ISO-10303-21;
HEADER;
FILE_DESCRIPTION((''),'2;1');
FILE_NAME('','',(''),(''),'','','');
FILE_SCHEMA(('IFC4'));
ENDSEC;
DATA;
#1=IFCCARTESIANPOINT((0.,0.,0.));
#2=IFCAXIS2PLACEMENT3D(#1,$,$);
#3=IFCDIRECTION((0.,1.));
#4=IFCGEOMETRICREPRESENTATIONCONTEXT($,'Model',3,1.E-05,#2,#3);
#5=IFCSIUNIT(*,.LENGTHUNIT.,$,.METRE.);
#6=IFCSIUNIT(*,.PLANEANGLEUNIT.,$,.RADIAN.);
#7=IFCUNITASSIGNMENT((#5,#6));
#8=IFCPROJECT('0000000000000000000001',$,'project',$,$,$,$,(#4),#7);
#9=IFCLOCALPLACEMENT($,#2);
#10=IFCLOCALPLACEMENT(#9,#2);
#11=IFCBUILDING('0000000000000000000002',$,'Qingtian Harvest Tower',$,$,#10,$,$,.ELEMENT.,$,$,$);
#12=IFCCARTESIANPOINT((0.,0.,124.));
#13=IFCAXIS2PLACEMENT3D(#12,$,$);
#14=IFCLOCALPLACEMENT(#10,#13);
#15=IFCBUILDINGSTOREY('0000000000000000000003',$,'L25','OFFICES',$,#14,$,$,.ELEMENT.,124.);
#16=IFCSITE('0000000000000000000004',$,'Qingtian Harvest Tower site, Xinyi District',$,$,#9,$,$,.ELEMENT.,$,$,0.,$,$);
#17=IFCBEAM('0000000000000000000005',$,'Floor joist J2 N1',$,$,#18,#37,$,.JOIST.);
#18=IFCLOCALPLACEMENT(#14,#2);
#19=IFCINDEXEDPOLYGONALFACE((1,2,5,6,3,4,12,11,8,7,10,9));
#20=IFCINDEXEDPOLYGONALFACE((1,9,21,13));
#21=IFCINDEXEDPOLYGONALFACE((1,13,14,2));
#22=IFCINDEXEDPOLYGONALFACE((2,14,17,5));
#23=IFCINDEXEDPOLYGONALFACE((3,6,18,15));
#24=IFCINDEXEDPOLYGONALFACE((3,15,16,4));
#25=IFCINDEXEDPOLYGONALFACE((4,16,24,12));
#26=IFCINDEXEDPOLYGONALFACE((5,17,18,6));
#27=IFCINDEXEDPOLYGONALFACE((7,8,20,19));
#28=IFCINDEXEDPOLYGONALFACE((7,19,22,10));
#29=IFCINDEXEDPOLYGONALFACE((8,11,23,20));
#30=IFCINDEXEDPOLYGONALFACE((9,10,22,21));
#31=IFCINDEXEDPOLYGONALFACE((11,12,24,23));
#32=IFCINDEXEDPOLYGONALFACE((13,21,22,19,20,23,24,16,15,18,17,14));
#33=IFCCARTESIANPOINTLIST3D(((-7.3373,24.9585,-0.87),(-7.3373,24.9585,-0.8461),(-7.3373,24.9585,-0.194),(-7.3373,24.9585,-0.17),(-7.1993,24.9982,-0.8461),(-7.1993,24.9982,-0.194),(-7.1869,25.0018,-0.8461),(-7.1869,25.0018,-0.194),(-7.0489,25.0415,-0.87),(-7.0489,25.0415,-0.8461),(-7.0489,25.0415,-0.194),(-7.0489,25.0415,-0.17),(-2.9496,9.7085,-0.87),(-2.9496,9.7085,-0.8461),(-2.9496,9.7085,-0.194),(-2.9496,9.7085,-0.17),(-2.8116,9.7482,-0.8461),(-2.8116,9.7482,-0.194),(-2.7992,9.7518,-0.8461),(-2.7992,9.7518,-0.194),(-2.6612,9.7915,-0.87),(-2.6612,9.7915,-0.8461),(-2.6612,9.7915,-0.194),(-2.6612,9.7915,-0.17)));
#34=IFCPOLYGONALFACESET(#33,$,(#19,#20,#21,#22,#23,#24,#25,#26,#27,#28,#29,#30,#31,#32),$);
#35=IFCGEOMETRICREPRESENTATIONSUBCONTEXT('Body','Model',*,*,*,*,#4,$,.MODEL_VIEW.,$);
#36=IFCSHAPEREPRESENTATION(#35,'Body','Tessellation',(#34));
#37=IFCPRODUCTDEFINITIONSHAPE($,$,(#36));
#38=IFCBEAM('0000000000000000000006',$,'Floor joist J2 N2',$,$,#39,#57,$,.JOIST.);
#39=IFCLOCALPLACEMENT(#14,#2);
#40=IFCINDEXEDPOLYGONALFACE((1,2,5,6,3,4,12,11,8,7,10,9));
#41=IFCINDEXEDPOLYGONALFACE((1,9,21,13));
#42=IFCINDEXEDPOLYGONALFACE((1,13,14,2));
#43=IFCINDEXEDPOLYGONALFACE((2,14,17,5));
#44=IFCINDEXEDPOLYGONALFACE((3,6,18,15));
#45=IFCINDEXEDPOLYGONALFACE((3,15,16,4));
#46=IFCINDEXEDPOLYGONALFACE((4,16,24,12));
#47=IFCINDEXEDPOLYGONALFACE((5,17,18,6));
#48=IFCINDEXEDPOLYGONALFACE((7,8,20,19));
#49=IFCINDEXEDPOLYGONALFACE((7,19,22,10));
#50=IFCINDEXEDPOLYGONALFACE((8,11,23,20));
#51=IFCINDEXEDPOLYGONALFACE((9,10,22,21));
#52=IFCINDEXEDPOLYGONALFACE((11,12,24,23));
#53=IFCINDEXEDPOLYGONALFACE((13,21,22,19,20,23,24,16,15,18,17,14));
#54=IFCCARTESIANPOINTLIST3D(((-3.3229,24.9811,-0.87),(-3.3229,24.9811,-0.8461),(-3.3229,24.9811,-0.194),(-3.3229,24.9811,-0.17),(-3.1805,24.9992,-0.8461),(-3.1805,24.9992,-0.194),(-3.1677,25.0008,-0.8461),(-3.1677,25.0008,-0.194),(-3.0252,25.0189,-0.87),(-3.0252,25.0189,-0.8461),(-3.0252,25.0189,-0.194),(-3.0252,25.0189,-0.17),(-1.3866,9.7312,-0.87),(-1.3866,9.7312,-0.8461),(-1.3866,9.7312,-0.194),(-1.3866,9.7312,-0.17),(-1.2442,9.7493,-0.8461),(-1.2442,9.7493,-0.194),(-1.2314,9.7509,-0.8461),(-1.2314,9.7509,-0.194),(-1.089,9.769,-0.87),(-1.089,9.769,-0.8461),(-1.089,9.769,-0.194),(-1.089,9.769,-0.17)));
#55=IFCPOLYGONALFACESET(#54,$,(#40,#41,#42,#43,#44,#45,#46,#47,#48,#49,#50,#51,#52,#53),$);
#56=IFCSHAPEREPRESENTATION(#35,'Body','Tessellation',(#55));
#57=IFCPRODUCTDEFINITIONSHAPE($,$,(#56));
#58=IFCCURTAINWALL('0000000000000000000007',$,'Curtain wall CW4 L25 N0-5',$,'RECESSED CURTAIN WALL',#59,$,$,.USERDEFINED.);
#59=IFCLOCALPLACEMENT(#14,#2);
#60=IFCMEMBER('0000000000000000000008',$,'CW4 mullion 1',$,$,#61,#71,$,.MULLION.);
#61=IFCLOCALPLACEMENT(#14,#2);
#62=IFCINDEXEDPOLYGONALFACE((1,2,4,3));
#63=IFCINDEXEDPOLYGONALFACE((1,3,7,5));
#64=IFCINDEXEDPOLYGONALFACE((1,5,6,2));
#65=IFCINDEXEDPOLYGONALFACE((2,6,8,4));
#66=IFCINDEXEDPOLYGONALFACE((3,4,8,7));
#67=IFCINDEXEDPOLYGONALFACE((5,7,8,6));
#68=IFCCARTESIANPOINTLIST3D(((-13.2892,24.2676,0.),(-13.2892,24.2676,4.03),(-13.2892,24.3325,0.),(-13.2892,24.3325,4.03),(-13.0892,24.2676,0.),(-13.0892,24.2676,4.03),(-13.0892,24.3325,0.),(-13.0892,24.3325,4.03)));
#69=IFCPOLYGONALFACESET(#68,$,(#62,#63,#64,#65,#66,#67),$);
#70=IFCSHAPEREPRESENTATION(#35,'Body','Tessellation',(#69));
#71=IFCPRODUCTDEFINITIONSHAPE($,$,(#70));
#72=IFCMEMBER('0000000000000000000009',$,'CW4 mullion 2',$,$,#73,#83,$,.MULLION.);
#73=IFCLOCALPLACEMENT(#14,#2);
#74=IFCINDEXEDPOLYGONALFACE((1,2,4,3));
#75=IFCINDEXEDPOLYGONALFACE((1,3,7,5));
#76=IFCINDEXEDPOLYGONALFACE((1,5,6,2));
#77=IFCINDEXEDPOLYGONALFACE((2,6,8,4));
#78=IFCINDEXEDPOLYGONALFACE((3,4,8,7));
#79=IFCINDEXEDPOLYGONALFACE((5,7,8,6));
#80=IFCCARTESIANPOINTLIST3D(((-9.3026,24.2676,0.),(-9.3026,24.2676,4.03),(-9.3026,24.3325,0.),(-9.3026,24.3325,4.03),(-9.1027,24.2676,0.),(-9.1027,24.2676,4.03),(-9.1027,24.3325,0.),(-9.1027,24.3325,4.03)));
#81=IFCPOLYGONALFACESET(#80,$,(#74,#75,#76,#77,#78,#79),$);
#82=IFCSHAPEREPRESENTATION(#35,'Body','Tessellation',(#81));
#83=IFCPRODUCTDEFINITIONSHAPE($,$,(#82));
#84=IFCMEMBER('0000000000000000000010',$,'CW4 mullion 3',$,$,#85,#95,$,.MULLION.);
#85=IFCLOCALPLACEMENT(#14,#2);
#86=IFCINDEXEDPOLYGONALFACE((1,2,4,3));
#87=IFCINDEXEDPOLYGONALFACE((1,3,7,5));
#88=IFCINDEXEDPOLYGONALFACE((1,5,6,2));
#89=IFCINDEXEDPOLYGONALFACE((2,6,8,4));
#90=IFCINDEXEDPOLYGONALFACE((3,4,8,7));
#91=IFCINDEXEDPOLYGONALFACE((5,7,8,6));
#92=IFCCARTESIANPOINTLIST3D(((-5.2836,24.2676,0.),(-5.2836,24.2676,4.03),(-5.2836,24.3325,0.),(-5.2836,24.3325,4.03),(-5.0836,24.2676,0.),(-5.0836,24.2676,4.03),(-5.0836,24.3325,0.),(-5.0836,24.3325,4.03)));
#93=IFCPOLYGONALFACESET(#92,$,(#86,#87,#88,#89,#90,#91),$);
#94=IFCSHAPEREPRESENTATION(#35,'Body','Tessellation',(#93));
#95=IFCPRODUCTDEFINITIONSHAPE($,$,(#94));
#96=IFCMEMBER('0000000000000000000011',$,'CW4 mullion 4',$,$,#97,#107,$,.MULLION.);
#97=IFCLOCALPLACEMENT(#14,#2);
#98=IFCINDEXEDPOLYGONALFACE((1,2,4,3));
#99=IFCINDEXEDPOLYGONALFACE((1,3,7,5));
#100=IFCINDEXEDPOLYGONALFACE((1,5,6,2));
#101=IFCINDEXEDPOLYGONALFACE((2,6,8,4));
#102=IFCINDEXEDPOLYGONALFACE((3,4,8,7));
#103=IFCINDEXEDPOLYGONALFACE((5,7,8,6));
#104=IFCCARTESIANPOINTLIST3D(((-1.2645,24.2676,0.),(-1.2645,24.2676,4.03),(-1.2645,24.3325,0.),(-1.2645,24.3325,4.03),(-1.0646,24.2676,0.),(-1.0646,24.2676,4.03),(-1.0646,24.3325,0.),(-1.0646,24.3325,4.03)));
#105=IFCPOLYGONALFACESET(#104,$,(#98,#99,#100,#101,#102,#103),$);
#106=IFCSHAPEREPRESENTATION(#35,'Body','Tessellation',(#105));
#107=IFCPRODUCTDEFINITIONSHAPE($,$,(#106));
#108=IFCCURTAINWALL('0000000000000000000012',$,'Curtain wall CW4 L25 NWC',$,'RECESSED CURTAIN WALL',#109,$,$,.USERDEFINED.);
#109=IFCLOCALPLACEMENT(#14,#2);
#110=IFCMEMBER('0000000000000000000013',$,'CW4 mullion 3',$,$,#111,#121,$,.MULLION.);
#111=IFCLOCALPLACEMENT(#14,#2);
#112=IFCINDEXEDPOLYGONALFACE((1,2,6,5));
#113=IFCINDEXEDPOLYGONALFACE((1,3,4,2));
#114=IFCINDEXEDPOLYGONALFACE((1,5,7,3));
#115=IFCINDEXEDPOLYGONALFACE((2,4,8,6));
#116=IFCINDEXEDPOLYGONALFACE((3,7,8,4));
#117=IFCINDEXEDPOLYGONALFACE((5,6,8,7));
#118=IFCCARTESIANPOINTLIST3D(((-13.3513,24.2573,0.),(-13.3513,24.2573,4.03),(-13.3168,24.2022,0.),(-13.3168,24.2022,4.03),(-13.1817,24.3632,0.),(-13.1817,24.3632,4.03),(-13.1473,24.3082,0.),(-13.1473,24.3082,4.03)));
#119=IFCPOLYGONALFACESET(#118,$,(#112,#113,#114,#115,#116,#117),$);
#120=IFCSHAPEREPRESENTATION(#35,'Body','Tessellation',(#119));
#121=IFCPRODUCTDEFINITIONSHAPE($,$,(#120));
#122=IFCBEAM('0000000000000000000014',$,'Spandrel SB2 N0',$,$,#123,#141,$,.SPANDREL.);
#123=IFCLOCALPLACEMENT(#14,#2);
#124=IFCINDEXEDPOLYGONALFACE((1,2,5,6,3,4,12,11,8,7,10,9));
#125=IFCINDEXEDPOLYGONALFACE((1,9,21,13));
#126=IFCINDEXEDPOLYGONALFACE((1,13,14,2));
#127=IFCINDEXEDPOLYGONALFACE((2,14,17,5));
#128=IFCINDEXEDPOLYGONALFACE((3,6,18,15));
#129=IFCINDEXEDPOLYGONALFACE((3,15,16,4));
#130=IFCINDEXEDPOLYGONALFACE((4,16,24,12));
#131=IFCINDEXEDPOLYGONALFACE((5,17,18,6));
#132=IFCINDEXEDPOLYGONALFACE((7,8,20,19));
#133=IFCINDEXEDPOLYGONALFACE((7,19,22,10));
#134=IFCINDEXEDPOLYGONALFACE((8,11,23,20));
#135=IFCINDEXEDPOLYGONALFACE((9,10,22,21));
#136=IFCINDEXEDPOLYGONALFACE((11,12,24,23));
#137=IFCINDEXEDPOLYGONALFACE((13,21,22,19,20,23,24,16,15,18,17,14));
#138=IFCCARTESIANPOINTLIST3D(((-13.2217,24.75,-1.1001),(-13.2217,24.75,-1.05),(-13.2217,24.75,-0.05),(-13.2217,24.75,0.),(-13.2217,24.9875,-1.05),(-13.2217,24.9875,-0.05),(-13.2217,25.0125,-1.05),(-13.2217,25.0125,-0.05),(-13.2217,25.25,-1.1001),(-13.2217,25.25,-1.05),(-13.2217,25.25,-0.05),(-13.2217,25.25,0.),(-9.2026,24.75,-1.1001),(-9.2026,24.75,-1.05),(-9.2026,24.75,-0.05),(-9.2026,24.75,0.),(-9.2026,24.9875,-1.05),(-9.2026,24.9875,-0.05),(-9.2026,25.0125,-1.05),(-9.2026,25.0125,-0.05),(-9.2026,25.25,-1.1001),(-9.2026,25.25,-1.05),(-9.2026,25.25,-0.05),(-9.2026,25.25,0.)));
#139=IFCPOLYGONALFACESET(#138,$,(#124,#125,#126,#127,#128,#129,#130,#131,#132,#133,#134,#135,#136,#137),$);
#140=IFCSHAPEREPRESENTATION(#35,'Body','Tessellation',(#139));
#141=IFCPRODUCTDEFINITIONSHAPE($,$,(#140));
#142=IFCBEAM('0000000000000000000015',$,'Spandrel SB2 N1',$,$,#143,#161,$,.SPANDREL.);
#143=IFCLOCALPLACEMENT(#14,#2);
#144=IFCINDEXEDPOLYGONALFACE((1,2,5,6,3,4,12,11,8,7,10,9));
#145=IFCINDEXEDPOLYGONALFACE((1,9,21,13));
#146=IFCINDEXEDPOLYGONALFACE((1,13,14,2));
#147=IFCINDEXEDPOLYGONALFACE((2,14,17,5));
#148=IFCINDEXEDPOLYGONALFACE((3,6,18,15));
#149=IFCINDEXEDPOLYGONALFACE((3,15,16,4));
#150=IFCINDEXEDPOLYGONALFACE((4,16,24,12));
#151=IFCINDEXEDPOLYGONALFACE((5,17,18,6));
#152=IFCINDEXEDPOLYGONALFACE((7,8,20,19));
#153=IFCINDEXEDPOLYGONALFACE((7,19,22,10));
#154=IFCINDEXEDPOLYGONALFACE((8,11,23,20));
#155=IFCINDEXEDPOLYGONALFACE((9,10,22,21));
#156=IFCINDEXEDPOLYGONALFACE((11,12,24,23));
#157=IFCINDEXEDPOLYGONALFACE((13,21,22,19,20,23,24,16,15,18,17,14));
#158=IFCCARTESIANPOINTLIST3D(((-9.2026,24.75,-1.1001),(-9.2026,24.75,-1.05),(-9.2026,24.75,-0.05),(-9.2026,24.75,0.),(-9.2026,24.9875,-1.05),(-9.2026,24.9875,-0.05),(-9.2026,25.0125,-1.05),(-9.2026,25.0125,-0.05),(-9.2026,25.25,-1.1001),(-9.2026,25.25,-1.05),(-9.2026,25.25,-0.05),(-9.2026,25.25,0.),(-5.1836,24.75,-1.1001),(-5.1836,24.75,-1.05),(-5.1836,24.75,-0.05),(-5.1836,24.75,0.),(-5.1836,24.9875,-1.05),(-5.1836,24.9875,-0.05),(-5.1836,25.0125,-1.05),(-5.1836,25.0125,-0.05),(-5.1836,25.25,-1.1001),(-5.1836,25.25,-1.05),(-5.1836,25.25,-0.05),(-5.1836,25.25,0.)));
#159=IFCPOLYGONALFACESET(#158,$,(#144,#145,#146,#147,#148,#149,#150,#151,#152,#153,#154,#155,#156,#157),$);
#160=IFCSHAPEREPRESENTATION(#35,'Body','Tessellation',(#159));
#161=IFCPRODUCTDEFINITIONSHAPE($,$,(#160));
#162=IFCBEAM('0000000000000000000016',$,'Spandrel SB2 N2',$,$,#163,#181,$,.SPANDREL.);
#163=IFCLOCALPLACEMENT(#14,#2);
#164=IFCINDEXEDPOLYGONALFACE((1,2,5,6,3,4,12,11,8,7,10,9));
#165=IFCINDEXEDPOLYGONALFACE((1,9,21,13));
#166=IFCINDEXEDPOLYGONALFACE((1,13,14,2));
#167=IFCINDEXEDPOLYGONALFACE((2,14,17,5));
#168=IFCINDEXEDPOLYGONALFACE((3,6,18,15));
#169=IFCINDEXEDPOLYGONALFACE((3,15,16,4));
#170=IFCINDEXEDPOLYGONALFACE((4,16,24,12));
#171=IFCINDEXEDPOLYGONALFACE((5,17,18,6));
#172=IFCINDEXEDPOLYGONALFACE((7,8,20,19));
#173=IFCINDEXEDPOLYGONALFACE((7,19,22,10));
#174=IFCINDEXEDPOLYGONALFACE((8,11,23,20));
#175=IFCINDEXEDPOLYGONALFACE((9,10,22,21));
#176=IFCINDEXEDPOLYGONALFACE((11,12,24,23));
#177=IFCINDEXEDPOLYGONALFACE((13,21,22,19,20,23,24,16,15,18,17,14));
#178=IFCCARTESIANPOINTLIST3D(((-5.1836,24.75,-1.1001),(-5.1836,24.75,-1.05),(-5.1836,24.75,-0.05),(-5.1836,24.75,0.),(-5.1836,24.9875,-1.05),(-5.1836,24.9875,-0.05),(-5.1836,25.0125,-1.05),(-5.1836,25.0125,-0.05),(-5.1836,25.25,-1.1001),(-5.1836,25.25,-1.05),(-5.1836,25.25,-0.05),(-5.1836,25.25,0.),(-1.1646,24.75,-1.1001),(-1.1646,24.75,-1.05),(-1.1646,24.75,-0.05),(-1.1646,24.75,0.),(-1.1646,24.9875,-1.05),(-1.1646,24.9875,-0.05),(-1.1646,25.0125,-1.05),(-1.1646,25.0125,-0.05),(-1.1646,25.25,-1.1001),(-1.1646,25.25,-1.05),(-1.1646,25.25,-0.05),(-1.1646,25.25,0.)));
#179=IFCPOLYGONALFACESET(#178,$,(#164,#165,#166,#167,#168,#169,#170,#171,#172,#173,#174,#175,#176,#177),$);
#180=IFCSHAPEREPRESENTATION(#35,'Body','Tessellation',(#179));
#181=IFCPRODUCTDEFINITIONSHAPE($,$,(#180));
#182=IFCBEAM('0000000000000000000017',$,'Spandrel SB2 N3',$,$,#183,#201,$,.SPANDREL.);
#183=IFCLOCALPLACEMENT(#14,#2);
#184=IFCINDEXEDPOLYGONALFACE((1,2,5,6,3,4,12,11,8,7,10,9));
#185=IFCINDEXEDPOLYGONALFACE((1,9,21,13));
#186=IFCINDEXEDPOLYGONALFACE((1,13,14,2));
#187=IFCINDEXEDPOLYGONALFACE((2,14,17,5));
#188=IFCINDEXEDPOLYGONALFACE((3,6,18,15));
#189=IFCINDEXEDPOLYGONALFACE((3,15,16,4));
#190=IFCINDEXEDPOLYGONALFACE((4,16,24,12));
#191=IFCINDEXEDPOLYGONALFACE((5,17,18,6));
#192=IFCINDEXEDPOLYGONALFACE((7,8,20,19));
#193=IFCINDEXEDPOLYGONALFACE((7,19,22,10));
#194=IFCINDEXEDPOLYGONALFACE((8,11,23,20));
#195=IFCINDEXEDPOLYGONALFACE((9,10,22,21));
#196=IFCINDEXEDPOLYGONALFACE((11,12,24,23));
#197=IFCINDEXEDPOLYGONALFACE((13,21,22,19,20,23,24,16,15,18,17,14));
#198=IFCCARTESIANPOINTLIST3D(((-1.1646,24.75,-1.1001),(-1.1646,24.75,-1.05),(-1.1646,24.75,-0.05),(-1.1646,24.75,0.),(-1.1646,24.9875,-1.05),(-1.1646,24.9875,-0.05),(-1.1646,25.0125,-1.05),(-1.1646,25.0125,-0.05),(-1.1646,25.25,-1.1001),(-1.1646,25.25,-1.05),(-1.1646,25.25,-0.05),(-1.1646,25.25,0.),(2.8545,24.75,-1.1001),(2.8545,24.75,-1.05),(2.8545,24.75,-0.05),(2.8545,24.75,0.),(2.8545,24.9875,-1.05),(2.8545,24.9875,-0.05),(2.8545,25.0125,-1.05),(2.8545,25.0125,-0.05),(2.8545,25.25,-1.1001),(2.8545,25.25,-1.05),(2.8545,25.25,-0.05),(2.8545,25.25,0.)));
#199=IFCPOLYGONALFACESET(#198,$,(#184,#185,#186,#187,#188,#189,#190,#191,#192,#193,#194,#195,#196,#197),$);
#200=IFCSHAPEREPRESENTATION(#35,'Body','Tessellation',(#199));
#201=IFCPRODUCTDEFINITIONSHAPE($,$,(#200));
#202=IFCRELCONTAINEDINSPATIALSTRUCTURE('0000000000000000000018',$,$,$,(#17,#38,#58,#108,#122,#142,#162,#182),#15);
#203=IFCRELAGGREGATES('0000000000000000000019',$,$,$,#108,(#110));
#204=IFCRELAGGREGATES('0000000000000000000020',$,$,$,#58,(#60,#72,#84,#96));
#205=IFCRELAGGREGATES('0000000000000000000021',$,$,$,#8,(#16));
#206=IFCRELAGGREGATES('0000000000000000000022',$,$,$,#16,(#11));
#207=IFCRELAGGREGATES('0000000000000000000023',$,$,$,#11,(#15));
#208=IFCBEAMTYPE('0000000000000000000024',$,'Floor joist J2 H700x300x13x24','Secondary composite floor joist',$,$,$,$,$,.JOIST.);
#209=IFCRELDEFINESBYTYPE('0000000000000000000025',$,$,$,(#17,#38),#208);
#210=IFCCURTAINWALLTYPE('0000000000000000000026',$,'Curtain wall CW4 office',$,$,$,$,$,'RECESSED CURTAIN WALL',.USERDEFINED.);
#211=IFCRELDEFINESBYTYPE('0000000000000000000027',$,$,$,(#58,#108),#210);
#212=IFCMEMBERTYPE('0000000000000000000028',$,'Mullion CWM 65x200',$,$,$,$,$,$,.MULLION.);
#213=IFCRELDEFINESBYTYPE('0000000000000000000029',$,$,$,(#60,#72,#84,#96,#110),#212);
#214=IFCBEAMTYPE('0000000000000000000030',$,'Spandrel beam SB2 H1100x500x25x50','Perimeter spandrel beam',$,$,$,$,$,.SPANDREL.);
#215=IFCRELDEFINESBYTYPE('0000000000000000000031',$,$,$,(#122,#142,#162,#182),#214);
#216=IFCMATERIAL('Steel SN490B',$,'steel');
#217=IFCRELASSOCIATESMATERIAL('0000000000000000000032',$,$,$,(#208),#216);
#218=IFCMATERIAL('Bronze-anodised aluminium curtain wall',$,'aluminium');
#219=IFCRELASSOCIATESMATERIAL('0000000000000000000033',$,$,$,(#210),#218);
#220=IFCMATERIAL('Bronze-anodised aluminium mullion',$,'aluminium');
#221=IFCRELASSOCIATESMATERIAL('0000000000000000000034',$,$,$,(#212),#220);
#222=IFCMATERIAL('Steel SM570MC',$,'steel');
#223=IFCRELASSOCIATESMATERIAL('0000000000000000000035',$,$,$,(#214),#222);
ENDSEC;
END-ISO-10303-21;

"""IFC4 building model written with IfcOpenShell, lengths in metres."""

from ifc_helpers import new_model, si_unit, direction, frame, origin, origin_2d, place, context, subcontext, project, spatial, rectangle, i_section, extrude, material, material_profile, profile_set, type_object, element, aggregate, save


model = new_model("IFC4")

# Units and contexts
model_context = context("Model", 3, precision=1e-05, world=origin(), true_north=direction((0.0, 1.0)))
body_context = subcontext(model_context, "Body", "Model", "MODEL_VIEW")
ifc_project = project(units=[si_unit("LENGTHUNIT", "METRE"), si_unit("PLANEANGLEUNIT", "RADIAN")], contexts=[model_context])

# Site, building, storey
site_placement = place(None, origin())
site = spatial("IfcSite", under=ifc_project, at=site_placement, Name="Qingtian Harvest Tower site, Xinyi District", CompositionType="ELEMENT", RefElevation=0.0)
building_placement = place(site_placement, origin())
building = spatial("IfcBuilding", under=site, at=building_placement, Name="Qingtian Harvest Tower", CompositionType="ELEMENT")
storey_placement = place(building_placement, frame((0.0, 0.0, 124.0)))
storey = spatial("IfcBuildingStorey", under=building, at=storey_placement, Name="L25", Description="OFFICES", CompositionType="ELEMENT", Elevation=124.0)

# Beams
ifc_material_1 = material(Name="Steel SN490B", Category="steel")
ifc_material_profile_1 = material_profile(ifc_material_1, i_section(OverallWidth=0.3, OverallDepth=0.7, WebThickness=0.0129, FlangeThickness=0.0239, at=origin_2d()), Name="H700x300x13x24")
ifc_profile_set_1 = profile_set([ifc_material_profile_1], Name="Steel SN490B")
beam_type_1 = type_object("IfcBeamType", Name="Floor joist J2 H700x300x13x24", Description="Secondary composite floor joist", PredefinedType="JOIST", material=ifc_profile_set_1)
beam_1_placement = place(storey_placement, frame((-7.1931, 25.0, -0.52), z_axis=(0.276501, -0.961014, 0.0), x_axis=(0.961014, 0.276501, 0.0)))
element("IfcBeam", 1, at=beam_1_placement, inside=storey, type_object=beam_type_1, Name="Floor joist J2 N1", PredefinedType="JOIST", context=body_context, shape_type="SweptSolid", body=[
    extrude(i_section(OverallWidth=0.3, OverallDepth=0.7, WebThickness=0.0129, FlangeThickness=0.0239, at=origin_2d()), origin(), (0.0, 0.0, 1.0), 15.8687),
])
beam_2_placement = place(storey_placement, frame((-3.1741, 25.0, -0.52), z_axis=(0.125958, -0.992036, 0.0), x_axis=(0.992036, 0.125958, 0.0)))
element("IfcBeam", 2, at=beam_2_placement, inside=storey, type_object=beam_type_1, Name="Floor joist J2 N2", PredefinedType="JOIST", context=body_context, shape_type="SweptSolid", body=[
    extrude(i_section(OverallWidth=0.3, OverallDepth=0.7, WebThickness=0.0129, FlangeThickness=0.0239, at=origin_2d()), origin(), (0.0, 0.0, 1.0), 15.3723),
])

# Curtain wall, members
ifc_material_2 = material(Name="Bronze-anodised aluminium curtain wall", Category="aluminium")
curtain_wall_type = type_object("IfcCurtainWallType", Name="Curtain wall CW4 office", ElementType="RECESSED CURTAIN WALL", PredefinedType="USERDEFINED", material=ifc_material_2)
curtain_wall_1_placement = place(storey_placement, origin())
curtain_wall_1 = element("IfcCurtainWall", 3, at=curtain_wall_1_placement, inside=storey, type_object=curtain_wall_type, Name="Curtain wall CW4 L25 N0-5", ObjectType="RECESSED CURTAIN WALL", PredefinedType="USERDEFINED")
ifc_material_3 = material(Name="Bronze-anodised aluminium mullion", Category="aluminium")
ifc_material_profile_2 = material_profile(ifc_material_3, rectangle(XDim=0.0649, YDim=0.2, at=origin_2d()), Name="AL 65x200")
ifc_profile_set_2 = profile_set([ifc_material_profile_2], Name="Bronze-anodised aluminium mullion")
member_type_1 = type_object("IfcMemberType", Name="Mullion CWM 65x200", PredefinedType="MULLION", material=ifc_profile_set_2)
member_1_placement = place(storey_placement, frame((-13.1892, 24.3, 0.0), z_axis=(0.0, 0.0, 1.0), x_axis=(0.0, 1.0, 0.0)))
member_1 = element("IfcMember", 4, at=member_1_placement, type_object=member_type_1, Name="CW4 mullion 1", PredefinedType="MULLION", context=body_context, shape_type="SweptSolid", body=[
    extrude(rectangle(XDim=0.0649, YDim=0.2, at=origin_2d()), origin(), (0.0, 0.0, 1.0), 4.03),
])
member_2_placement = place(storey_placement, frame((-9.2026, 24.3, 0.0), z_axis=(0.0, 0.0, 1.0), x_axis=(0.0, 1.0, 0.0)))
member_2 = element("IfcMember", 5, at=member_2_placement, type_object=member_type_1, Name="CW4 mullion 2", PredefinedType="MULLION", context=body_context, shape_type="SweptSolid", body=[
    extrude(rectangle(XDim=0.0649, YDim=0.2, at=origin_2d()), origin(), (0.0, 0.0, 1.0), 4.03),
])
member_3_placement = place(storey_placement, frame((-5.1836, 24.3, 0.0), z_axis=(0.0, 0.0, 1.0), x_axis=(0.0, 1.0, 0.0)))
member_3 = element("IfcMember", 6, at=member_3_placement, type_object=member_type_1, Name="CW4 mullion 3", PredefinedType="MULLION", context=body_context, shape_type="SweptSolid", body=[
    extrude(rectangle(XDim=0.0649, YDim=0.2, at=origin_2d()), origin(), (0.0, 0.0, 1.0), 4.03),
])
member_4_placement = place(storey_placement, frame((-1.1646, 24.3, 0.0), z_axis=(0.0, 0.0, 1.0), x_axis=(0.0, 1.0, 0.0)))
member_4 = element("IfcMember", 7, at=member_4_placement, type_object=member_type_1, Name="CW4 mullion 4", PredefinedType="MULLION", context=body_context, shape_type="SweptSolid", body=[
    extrude(rectangle(XDim=0.0649, YDim=0.2, at=origin_2d()), origin(), (0.0, 0.0, 1.0), 4.03),
])

# Curtain wall, member
curtain_wall_2_placement = place(storey_placement, origin())
curtain_wall_2 = element("IfcCurtainWall", 8, at=curtain_wall_2_placement, inside=storey, type_object=curtain_wall_type, Name="Curtain wall CW4 L25 NWC", ObjectType="RECESSED CURTAIN WALL", PredefinedType="USERDEFINED")
member_5_placement = place(storey_placement, frame((-13.2493, 24.2827, 0.0), z_axis=(0.0, 0.0, 1.0), x_axis=(-0.529919, 0.848048, 0.0)))
member_5 = element("IfcMember", 9, at=member_5_placement, type_object=member_type_1, Name="CW4 mullion 3", PredefinedType="MULLION", context=body_context, shape_type="SweptSolid", body=[
    extrude(rectangle(XDim=0.0649, YDim=0.2, at=origin_2d()), origin(), (0.0, 0.0, 1.0), 4.03),
])
aggregate(curtain_wall_2, [member_5])

# Beams
ifc_material_4 = material(Name="Steel SM570MC", Category="steel")
ifc_material_profile_3 = material_profile(ifc_material_4, i_section(OverallWidth=0.5, OverallDepth=1.1001, WebThickness=0.0249, FlangeThickness=0.05, at=origin_2d()), Name="H1100x500x25x50")
ifc_profile_set_3 = profile_set([ifc_material_profile_3], Name="Steel SM570MC")
beam_type_2 = type_object("IfcBeamType", Name="Spandrel beam SB2 H1100x500x25x50", Description="Perimeter spandrel beam", PredefinedType="SPANDREL", material=ifc_profile_set_3)
for number, where, z_axis, x_axis, name in (
    (10, (-13.2217, 25.0, -0.55), (1.0, 0.0, 0.0), (0.0, 1.0, 0.0), "Spandrel SB2 N0"),
    (11, (-9.2026, 25.0, -0.55), (1.0, 0.0, 0.0), (0.0, 1.0, 0.0), "Spandrel SB2 N1"),
    (12, (-5.1836, 25.0, -0.55), (1.0, 0.0, 0.0), (0.0, 1.0, 0.0), "Spandrel SB2 N2"),
    (13, (-1.1646, 25.0, -0.55), (1.0, 0.0, 0.0), (0.0, 1.0, 0.0), "Spandrel SB2 N3"),
):
    element("IfcBeam", number, at=place(storey_placement, frame(where, z_axis=z_axis, x_axis=x_axis)), inside=storey, type_object=beam_type_2, Name=name, PredefinedType="SPANDREL", context=body_context, shape_type="SweptSolid", body=[
        extrude(i_section(OverallWidth=0.5, OverallDepth=1.1001, WebThickness=0.0249, FlangeThickness=0.05, at=origin_2d()), origin(), (0.0, 0.0, 1.0), 4.019),
    ])

aggregate(curtain_wall_1, [member_1, member_2, member_3, member_4])

save(model, "model.ifc")
